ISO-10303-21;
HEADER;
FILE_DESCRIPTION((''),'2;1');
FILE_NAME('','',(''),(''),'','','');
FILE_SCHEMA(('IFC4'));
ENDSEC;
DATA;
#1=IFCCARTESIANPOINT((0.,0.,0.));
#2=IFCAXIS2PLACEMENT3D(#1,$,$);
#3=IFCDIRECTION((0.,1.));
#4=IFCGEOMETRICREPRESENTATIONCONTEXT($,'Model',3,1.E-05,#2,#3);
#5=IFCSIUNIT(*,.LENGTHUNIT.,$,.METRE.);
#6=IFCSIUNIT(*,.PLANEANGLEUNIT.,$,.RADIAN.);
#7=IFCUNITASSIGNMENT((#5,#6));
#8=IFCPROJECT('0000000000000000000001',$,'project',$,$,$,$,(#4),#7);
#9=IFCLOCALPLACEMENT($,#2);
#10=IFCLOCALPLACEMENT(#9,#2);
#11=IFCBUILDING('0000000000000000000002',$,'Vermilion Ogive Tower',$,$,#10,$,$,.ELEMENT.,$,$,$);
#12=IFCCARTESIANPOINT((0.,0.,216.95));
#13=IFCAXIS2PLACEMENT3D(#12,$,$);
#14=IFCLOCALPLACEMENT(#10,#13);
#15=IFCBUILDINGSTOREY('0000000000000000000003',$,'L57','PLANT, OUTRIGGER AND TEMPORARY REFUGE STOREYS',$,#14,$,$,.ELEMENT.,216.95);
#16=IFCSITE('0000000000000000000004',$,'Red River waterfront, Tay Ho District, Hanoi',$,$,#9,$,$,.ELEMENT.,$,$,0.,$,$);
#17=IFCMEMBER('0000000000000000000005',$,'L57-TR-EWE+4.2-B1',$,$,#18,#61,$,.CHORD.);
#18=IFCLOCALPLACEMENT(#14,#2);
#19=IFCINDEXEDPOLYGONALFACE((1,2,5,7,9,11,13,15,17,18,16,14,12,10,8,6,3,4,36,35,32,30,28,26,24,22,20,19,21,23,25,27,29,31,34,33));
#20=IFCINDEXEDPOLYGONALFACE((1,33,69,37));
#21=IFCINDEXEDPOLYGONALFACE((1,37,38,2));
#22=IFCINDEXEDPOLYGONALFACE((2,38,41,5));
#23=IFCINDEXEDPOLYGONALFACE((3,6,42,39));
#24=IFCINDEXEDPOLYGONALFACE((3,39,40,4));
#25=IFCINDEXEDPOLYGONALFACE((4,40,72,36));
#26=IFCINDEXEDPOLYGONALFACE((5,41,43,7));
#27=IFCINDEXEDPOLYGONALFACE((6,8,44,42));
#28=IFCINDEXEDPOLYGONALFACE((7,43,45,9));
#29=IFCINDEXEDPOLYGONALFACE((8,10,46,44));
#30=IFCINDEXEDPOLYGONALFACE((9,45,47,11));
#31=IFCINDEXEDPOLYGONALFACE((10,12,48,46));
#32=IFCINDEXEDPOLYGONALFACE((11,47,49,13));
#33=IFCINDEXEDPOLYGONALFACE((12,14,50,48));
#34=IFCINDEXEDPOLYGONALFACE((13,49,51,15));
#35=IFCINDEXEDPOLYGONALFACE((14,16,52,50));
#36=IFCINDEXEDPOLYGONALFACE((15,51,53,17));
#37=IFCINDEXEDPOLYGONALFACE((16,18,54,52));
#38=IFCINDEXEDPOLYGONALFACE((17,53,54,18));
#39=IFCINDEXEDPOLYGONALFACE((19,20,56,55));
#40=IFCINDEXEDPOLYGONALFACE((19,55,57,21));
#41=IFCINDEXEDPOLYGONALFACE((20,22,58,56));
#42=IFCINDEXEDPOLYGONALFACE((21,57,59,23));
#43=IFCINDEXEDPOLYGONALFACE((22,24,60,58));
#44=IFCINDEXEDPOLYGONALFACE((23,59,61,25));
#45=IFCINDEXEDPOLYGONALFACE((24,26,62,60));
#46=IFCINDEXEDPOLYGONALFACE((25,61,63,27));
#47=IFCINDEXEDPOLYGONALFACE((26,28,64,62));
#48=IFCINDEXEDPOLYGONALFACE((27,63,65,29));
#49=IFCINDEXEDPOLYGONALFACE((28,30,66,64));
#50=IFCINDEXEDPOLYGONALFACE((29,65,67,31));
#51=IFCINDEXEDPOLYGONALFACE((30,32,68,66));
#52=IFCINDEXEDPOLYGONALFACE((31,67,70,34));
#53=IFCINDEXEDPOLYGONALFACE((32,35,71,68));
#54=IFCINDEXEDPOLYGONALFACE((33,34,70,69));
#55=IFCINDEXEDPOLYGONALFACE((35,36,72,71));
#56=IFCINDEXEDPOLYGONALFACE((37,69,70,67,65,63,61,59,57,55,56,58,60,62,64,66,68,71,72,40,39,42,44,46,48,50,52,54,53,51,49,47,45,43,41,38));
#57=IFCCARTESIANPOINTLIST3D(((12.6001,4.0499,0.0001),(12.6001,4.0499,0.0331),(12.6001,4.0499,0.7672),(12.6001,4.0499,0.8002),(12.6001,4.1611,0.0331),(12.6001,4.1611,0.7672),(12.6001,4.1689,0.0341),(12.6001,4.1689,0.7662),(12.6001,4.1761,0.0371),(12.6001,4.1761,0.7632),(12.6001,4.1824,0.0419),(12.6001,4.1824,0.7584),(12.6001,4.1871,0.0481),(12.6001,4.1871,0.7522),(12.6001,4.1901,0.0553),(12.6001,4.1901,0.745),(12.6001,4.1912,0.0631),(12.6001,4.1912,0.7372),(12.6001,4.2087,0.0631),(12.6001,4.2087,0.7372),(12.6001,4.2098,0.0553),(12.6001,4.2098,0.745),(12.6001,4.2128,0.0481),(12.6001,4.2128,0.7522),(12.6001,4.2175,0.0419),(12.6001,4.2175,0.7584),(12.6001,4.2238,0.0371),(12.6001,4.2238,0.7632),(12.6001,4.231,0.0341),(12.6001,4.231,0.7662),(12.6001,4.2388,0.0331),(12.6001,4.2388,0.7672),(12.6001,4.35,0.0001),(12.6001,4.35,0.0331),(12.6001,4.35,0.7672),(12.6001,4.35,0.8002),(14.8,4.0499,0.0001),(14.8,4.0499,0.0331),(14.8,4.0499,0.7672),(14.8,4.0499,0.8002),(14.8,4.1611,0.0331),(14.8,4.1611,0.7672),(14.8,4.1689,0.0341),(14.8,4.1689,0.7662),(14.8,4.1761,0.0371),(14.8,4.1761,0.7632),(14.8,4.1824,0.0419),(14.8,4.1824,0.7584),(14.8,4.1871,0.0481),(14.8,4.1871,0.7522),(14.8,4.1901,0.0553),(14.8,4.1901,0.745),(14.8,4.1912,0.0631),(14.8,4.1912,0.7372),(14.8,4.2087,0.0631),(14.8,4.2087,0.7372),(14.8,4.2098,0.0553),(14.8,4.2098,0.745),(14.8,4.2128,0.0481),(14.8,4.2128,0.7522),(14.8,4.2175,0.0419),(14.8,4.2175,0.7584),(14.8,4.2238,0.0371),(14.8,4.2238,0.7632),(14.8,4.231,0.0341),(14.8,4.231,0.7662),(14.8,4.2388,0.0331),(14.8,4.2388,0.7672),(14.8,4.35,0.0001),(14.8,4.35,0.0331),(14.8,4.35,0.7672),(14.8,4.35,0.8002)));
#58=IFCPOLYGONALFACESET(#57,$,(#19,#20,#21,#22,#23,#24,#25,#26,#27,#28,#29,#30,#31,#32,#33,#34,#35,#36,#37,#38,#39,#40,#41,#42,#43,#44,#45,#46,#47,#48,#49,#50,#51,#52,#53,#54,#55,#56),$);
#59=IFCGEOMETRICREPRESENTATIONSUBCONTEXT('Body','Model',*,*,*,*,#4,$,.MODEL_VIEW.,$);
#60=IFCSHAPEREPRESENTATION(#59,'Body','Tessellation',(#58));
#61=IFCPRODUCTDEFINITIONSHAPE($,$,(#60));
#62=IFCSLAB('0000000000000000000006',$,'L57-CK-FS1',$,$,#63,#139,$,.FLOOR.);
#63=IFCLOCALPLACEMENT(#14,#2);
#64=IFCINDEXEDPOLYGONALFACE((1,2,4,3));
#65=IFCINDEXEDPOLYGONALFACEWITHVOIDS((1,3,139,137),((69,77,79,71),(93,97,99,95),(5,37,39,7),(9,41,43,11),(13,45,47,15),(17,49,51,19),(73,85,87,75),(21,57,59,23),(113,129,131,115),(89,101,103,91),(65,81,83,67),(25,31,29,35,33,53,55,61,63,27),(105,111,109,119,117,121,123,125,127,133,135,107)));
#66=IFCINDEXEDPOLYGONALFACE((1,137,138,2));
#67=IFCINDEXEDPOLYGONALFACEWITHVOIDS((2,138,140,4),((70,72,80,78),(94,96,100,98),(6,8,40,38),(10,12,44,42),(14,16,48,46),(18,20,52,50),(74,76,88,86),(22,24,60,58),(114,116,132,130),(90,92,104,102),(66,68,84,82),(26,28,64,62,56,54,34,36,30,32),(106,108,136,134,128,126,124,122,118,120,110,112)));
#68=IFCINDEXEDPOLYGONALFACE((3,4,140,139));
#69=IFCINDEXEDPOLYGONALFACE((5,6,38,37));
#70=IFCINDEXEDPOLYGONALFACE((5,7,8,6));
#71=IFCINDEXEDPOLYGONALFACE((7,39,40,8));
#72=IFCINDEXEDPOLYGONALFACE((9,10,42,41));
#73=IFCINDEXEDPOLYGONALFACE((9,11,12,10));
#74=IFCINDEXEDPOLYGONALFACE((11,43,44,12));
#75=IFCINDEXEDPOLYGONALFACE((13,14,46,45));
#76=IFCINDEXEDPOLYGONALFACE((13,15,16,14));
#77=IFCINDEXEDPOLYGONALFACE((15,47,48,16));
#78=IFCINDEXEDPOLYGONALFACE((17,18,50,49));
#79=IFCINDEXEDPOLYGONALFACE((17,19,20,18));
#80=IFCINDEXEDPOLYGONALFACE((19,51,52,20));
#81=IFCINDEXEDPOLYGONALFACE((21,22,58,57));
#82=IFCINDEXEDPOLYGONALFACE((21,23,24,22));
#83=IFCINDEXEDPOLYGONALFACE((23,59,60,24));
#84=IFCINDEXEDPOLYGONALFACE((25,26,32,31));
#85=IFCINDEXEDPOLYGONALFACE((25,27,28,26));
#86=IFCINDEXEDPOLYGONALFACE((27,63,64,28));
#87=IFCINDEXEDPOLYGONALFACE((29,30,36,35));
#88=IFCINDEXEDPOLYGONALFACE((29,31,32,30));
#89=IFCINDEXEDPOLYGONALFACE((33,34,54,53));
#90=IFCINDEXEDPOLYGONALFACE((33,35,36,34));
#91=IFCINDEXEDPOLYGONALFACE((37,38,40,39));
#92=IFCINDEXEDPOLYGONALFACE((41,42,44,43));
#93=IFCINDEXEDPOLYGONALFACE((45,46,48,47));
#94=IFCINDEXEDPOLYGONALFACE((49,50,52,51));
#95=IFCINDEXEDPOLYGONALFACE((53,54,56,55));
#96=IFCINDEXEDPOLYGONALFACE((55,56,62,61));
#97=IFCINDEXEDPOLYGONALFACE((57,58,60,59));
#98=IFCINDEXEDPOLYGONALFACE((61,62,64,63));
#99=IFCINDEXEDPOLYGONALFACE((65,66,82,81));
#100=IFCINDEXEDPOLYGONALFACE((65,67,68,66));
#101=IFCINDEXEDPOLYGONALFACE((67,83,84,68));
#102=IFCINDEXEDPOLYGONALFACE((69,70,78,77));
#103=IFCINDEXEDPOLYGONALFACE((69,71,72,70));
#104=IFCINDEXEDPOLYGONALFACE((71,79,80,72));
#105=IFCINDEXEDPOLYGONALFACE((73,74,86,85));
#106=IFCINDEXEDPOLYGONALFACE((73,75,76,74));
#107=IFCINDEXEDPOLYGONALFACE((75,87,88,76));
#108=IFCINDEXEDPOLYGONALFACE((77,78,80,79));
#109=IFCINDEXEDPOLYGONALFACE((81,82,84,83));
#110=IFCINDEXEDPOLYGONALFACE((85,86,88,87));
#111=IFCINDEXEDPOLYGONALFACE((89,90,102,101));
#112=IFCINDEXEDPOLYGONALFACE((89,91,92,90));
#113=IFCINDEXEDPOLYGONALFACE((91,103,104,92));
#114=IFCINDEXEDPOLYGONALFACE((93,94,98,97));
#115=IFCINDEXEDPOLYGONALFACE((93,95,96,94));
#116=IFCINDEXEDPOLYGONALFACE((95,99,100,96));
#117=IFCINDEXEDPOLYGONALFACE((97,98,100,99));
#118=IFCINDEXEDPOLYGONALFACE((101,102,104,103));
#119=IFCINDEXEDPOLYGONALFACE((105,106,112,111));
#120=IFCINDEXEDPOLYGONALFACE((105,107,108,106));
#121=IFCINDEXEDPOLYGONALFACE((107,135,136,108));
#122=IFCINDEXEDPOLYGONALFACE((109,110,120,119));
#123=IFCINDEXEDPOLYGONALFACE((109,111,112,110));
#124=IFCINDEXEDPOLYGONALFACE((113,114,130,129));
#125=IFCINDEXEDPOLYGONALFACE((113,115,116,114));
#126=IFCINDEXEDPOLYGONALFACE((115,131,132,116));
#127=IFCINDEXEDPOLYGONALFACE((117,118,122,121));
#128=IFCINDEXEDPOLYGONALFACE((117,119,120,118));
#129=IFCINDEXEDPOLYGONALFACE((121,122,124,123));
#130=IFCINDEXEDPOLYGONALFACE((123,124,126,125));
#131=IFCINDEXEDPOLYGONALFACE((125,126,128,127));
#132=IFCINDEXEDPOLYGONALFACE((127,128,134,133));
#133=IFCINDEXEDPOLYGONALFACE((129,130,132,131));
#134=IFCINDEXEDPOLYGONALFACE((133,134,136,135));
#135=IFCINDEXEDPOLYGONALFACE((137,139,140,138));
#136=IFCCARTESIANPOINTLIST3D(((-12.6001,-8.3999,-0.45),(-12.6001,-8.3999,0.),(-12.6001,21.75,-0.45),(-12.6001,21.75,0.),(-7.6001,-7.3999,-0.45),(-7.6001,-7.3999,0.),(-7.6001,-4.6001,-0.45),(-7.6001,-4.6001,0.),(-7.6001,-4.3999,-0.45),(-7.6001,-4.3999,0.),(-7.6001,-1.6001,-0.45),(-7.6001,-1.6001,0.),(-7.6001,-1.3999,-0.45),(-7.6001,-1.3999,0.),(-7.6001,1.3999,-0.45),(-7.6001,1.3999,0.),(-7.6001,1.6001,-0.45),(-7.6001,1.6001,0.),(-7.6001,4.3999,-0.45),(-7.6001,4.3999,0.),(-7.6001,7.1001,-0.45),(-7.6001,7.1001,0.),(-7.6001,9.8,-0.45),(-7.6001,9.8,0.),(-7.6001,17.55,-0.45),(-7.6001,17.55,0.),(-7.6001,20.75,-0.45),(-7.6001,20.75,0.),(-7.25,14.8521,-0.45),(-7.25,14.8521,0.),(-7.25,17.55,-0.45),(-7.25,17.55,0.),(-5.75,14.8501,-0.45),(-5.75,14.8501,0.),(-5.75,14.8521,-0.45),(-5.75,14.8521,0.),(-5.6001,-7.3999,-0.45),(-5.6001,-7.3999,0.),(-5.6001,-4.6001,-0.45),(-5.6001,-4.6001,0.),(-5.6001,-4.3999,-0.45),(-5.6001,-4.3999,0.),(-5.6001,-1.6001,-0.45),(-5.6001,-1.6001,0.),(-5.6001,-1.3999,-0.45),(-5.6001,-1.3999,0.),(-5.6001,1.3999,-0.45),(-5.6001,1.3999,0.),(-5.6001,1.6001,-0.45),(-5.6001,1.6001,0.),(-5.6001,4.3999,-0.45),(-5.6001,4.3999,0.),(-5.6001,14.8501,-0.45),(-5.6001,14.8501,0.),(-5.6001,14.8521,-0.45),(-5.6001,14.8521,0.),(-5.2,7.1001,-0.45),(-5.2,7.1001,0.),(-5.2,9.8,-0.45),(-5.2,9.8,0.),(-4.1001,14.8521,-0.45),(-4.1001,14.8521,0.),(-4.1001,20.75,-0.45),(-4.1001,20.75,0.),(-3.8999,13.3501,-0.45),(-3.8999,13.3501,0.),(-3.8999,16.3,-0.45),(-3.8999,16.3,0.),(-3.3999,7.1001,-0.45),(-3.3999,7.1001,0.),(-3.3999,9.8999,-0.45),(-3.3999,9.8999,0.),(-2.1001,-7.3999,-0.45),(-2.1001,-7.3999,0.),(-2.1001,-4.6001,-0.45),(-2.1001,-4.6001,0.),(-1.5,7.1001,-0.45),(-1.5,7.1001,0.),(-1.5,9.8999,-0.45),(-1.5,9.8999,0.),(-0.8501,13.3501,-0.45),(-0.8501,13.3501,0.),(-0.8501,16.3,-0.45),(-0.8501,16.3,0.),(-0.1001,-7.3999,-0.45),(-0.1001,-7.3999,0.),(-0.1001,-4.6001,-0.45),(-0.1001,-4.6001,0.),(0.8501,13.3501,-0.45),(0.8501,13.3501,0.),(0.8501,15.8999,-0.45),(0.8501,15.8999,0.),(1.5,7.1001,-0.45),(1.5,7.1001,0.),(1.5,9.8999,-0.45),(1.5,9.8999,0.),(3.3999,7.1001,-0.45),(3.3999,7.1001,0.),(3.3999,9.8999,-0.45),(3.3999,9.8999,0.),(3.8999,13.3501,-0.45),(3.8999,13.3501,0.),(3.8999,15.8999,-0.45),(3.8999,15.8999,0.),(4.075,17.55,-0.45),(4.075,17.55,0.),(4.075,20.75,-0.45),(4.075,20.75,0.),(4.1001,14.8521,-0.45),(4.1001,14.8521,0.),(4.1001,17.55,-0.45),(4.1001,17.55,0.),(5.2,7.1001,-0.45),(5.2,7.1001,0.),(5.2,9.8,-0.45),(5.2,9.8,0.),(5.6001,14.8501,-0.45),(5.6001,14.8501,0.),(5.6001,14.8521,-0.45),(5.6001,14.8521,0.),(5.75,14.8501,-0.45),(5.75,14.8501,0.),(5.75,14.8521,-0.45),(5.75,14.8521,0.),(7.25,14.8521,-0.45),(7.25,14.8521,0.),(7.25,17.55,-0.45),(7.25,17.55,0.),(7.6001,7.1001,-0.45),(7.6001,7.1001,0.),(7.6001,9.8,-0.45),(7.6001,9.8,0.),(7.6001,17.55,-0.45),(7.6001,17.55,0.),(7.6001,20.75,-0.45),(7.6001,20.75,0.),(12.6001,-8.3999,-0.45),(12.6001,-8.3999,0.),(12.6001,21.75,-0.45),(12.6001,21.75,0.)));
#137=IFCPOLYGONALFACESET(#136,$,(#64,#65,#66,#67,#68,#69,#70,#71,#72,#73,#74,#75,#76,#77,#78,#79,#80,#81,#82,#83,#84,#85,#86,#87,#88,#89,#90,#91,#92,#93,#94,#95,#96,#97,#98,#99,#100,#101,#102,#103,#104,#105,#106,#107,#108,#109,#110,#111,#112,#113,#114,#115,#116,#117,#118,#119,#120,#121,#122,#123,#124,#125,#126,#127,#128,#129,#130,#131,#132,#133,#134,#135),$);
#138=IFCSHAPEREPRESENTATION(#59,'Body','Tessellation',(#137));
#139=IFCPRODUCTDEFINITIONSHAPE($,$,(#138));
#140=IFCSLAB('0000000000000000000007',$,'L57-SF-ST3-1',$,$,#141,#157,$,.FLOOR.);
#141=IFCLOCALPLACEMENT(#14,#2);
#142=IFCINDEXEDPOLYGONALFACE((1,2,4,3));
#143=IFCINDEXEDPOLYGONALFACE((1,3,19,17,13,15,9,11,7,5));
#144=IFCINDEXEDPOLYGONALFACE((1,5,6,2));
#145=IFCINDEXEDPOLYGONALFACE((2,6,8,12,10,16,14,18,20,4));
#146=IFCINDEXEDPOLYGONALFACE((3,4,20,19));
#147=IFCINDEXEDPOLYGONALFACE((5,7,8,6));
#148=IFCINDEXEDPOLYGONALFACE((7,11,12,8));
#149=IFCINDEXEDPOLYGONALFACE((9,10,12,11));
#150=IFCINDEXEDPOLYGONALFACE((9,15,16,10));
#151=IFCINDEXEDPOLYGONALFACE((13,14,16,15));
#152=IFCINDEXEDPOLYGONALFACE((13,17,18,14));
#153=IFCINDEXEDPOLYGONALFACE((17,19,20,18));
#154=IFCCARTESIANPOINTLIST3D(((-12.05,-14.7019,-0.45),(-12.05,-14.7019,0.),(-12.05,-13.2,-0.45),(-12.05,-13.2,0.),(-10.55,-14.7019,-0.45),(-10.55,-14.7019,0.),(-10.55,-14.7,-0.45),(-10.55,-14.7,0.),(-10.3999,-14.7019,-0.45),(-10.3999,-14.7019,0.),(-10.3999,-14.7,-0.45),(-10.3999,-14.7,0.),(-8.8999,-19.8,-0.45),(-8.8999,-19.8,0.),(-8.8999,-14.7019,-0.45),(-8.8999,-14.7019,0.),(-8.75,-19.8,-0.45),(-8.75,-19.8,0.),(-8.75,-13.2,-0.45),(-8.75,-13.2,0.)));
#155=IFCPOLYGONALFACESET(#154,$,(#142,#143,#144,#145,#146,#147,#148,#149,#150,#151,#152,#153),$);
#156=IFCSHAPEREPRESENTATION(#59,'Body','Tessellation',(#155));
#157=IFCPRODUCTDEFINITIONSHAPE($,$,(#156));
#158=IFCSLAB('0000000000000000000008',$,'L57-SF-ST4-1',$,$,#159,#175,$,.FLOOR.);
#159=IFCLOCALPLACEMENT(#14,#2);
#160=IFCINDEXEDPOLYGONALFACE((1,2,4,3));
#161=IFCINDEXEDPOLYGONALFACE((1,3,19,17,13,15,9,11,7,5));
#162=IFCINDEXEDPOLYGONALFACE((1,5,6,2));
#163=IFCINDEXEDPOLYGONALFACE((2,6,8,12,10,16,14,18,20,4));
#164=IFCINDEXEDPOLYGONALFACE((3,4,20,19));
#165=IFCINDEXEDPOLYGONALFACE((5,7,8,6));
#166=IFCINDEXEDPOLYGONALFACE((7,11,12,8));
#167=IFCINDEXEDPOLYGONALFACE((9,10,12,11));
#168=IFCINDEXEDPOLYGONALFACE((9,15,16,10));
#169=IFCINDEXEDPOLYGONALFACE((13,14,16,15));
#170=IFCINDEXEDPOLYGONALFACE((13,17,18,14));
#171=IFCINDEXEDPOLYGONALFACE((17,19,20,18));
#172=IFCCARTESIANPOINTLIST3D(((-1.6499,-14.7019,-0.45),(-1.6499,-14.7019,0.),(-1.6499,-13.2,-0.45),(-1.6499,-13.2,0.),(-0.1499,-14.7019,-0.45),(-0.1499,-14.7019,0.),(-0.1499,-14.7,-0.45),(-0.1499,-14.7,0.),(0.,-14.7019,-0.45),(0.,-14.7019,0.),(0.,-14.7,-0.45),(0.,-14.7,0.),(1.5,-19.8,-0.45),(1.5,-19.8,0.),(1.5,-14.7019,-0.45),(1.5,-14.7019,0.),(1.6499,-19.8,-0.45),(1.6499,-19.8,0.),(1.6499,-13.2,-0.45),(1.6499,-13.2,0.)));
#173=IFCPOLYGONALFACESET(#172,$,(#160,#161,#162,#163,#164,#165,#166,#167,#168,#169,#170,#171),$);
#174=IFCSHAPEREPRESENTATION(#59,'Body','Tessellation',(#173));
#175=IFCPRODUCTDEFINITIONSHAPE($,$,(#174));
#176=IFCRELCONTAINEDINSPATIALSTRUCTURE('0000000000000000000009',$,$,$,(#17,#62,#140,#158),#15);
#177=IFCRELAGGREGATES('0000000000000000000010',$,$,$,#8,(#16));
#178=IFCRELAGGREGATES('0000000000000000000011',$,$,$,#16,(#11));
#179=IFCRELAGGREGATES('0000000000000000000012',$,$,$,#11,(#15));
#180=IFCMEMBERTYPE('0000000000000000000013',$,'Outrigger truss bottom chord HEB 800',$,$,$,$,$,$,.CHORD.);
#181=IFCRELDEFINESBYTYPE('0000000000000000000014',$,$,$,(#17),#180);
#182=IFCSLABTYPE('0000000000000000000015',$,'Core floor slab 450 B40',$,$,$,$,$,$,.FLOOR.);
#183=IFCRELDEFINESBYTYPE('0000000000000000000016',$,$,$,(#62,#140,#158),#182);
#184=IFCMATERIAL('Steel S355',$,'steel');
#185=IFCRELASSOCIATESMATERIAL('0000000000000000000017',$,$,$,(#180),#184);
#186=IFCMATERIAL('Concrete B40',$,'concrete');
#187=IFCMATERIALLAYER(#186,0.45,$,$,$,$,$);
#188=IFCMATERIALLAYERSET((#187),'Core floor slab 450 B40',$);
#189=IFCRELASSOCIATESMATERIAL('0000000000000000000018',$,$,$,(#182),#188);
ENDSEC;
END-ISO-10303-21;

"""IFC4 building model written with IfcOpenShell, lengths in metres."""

from ifc_helpers import new_model, si_unit, direction, frame, origin, origin_2d, place, context, subcontext, project, spatial, polyline, i_section, outline, extrude, material, layer, layer_set, material_profile, profile_set, type_object, element, save


model = new_model("IFC4")

# Units and contexts
model_context = context("Model", 3, precision=1e-05, world=origin(), true_north=direction((0.0, 1.0)))
body_context = subcontext(model_context, "Body", "Model", "MODEL_VIEW")
ifc_project = project(units=[si_unit("LENGTHUNIT", "METRE"), si_unit("PLANEANGLEUNIT", "RADIAN")], contexts=[model_context])

# Site, building, storey
site_placement = place(None, origin())
site = spatial("IfcSite", under=ifc_project, at=site_placement, Name="Red River waterfront, Tay Ho District, Hanoi", CompositionType="ELEMENT", RefElevation=0.0)
building_placement = place(site_placement, origin())
building = spatial("IfcBuilding", under=site, at=building_placement, Name="Vermilion Ogive Tower", CompositionType="ELEMENT")
storey_placement = place(building_placement, frame((0.0, 0.0, 216.95)))
storey = spatial("IfcBuildingStorey", under=building, at=storey_placement, Name="L57", Description="PLANT, OUTRIGGER AND TEMPORARY REFUGE STOREYS", CompositionType="ELEMENT", Elevation=216.95)

# Member
ifc_material_1 = material(Name="Steel S355", Category="steel")
ifc_material_profile = material_profile(ifc_material_1, i_section(OverallWidth=0.3, OverallDepth=0.8, WebThickness=0.0176, FlangeThickness=0.033, FilletRadius=0.03, at=origin_2d()), Name="HEB 800")
ifc_profile_set = profile_set([ifc_material_profile], Name="Steel S355")
member_type = type_object("IfcMemberType", Name="Outrigger truss bottom chord HEB 800", PredefinedType="CHORD", material=ifc_profile_set)
member_placement = place(storey_placement, frame((12.6001, 4.2, 0.4001), z_axis=(1.0, 0.0, 0.0), x_axis=(0.0, 1.0, 0.0)))
element("IfcMember", 1, at=member_placement, inside=storey, type_object=member_type, Name="L57-TR-EWE+4.2-B1", PredefinedType="CHORD", context=body_context, shape_type="SweptSolid", body=[
    extrude(i_section(OverallWidth=0.3, OverallDepth=0.8, WebThickness=0.0176, FlangeThickness=0.033, FilletRadius=0.03, at=origin_2d()), origin(), (0.0, 0.0, 1.0), 2.2),
])

# Slabs
ifc_material_2 = material(Name="Concrete B40", Category="concrete")
ifc_layer_1 = layer(ifc_material_2, 0.45)
ifc_layer_set_1 = layer_set([ifc_layer_1], Name="Core floor slab 450 B40")
slab_type_1 = type_object("IfcSlabType", Name="Core floor slab 450 B40", PredefinedType="FLOOR", material=ifc_layer_set_1)
slab_1_placement = place(storey_placement, frame((0.0, 0.0, -0.45)))
element("IfcSlab", 2, at=slab_1_placement, inside=storey, type_object=slab_type_1, Name="L57-CK-FS1", PredefinedType="FLOOR", context=body_context, shape_type="SweptSolid", body=[
    extrude(outline(polyline([(12.6001, 21.75), (-12.6001, 21.75), (-12.6001, -8.3999), (12.6001, -8.3999), (12.6001, 21.75)]), holes=[polyline([(-7.6001, -7.3999), (-7.6001, -4.6001), (-5.6001, -4.6001), (-5.6001, -7.3999), (-7.6001, -7.3999)]), polyline([(-7.6001, -4.3999), (-7.6001, -1.6001), (-5.6001, -1.6001), (-5.6001, -4.3999), (-7.6001, -4.3999)]), polyline([(-7.6001, -1.3999), (-7.6001, 1.3999), (-5.6001, 1.3999), (-5.6001, -1.3999), (-7.6001, -1.3999)]), polyline([(-7.6001, 1.6001), (-7.6001, 4.3999), (-5.6001, 4.3999), (-5.6001, 1.6001), (-7.6001, 1.6001)]), polyline([(-7.6001, 7.1001), (-7.6001, 9.8), (-5.2, 9.8), (-5.2, 7.1001), (-7.6001, 7.1001)]), polyline([(-3.3999, 9.8999), (-1.5, 9.8999), (-1.5, 7.1001), (-3.3999, 7.1001), (-3.3999, 9.8999)]), polyline([(-7.6001, 17.55), (-7.6001, 20.75), (-4.1001, 20.75), (-4.1001, 14.8521), (-5.6001, 14.8521), (-5.6001, 14.8501), (-5.75, 14.8501), (-5.75, 14.8521), (-7.25, 14.8521), (-7.25, 17.55), (-7.6001, 17.55)]), polyline([(-2.1001, -7.3999), (-2.1001, -4.6001), (-0.1001, -4.6001), (-0.1001, -7.3999), (-2.1001, -7.3999)]), polyline([(5.2, 7.1001), (5.2, 9.8), (7.6001, 9.8), (7.6001, 7.1001), (5.2, 7.1001)]), polyline([(1.5, 7.1001), (1.5, 9.8999), (3.3999, 9.8999), (3.3999, 7.1001), (1.5, 7.1001)]), polyline([(0.8501, 13.3501), (0.8501, 15.8999), (3.8999, 15.8999), (3.8999, 13.3501), (0.8501, 13.3501)]), polyline([(-3.8999, 16.3), (-0.8501, 16.3), (-0.8501, 13.3501), (-3.8999, 13.3501), (-3.8999, 16.3)]), polyline([(5.75, 14.8501), (5.6001, 14.8501), (5.6001, 14.8521), (4.1001, 14.8521), (4.1001, 17.55), (4.075, 17.55), (4.075, 20.75), (7.6001, 20.75), (7.6001, 17.55), (7.25, 17.55), (7.25, 14.8521), (5.75, 14.8521), (5.75, 14.8501)])]), origin(), (0.0, 0.0, 1.0), 0.45),
])
slab_2_placement = place(storey_placement, frame((0.0, 0.0, -0.45)))
element("IfcSlab", 3, at=slab_2_placement, inside=storey, type_object=slab_type_1, Name="L57-SF-ST3-1", PredefinedType="FLOOR", context=body_context, shape_type="SweptSolid", body=[
    extrude(outline(polyline([(-12.05, -13.2), (-12.05, -14.7019), (-10.55, -14.7019), (-10.55, -14.7), (-10.3999, -14.7), (-10.3999, -14.7019), (-8.8999, -14.7019), (-8.8999, -19.8), (-8.75, -19.8), (-8.75, -13.2), (-12.05, -13.2)])), origin(), (0.0, 0.0, 1.0), 0.45),
])
slab_3_placement = place(storey_placement, frame((0.0, 0.0, -0.45)))
element("IfcSlab", 4, at=slab_3_placement, inside=storey, type_object=slab_type_1, Name="L57-SF-ST4-1", PredefinedType="FLOOR", context=body_context, shape_type="SweptSolid", body=[
    extrude(outline(polyline([(-1.6499, -13.2), (-1.6499, -14.7019), (-0.1499, -14.7019), (-0.1499, -14.7), (0.0, -14.7), (0.0, -14.7019), (1.5, -14.7019), (1.5, -19.8), (1.6499, -19.8), (1.6499, -13.2), (-1.6499, -13.2)])), origin(), (0.0, 0.0, 1.0), 0.45),
])

save(model, "model.ifc")
